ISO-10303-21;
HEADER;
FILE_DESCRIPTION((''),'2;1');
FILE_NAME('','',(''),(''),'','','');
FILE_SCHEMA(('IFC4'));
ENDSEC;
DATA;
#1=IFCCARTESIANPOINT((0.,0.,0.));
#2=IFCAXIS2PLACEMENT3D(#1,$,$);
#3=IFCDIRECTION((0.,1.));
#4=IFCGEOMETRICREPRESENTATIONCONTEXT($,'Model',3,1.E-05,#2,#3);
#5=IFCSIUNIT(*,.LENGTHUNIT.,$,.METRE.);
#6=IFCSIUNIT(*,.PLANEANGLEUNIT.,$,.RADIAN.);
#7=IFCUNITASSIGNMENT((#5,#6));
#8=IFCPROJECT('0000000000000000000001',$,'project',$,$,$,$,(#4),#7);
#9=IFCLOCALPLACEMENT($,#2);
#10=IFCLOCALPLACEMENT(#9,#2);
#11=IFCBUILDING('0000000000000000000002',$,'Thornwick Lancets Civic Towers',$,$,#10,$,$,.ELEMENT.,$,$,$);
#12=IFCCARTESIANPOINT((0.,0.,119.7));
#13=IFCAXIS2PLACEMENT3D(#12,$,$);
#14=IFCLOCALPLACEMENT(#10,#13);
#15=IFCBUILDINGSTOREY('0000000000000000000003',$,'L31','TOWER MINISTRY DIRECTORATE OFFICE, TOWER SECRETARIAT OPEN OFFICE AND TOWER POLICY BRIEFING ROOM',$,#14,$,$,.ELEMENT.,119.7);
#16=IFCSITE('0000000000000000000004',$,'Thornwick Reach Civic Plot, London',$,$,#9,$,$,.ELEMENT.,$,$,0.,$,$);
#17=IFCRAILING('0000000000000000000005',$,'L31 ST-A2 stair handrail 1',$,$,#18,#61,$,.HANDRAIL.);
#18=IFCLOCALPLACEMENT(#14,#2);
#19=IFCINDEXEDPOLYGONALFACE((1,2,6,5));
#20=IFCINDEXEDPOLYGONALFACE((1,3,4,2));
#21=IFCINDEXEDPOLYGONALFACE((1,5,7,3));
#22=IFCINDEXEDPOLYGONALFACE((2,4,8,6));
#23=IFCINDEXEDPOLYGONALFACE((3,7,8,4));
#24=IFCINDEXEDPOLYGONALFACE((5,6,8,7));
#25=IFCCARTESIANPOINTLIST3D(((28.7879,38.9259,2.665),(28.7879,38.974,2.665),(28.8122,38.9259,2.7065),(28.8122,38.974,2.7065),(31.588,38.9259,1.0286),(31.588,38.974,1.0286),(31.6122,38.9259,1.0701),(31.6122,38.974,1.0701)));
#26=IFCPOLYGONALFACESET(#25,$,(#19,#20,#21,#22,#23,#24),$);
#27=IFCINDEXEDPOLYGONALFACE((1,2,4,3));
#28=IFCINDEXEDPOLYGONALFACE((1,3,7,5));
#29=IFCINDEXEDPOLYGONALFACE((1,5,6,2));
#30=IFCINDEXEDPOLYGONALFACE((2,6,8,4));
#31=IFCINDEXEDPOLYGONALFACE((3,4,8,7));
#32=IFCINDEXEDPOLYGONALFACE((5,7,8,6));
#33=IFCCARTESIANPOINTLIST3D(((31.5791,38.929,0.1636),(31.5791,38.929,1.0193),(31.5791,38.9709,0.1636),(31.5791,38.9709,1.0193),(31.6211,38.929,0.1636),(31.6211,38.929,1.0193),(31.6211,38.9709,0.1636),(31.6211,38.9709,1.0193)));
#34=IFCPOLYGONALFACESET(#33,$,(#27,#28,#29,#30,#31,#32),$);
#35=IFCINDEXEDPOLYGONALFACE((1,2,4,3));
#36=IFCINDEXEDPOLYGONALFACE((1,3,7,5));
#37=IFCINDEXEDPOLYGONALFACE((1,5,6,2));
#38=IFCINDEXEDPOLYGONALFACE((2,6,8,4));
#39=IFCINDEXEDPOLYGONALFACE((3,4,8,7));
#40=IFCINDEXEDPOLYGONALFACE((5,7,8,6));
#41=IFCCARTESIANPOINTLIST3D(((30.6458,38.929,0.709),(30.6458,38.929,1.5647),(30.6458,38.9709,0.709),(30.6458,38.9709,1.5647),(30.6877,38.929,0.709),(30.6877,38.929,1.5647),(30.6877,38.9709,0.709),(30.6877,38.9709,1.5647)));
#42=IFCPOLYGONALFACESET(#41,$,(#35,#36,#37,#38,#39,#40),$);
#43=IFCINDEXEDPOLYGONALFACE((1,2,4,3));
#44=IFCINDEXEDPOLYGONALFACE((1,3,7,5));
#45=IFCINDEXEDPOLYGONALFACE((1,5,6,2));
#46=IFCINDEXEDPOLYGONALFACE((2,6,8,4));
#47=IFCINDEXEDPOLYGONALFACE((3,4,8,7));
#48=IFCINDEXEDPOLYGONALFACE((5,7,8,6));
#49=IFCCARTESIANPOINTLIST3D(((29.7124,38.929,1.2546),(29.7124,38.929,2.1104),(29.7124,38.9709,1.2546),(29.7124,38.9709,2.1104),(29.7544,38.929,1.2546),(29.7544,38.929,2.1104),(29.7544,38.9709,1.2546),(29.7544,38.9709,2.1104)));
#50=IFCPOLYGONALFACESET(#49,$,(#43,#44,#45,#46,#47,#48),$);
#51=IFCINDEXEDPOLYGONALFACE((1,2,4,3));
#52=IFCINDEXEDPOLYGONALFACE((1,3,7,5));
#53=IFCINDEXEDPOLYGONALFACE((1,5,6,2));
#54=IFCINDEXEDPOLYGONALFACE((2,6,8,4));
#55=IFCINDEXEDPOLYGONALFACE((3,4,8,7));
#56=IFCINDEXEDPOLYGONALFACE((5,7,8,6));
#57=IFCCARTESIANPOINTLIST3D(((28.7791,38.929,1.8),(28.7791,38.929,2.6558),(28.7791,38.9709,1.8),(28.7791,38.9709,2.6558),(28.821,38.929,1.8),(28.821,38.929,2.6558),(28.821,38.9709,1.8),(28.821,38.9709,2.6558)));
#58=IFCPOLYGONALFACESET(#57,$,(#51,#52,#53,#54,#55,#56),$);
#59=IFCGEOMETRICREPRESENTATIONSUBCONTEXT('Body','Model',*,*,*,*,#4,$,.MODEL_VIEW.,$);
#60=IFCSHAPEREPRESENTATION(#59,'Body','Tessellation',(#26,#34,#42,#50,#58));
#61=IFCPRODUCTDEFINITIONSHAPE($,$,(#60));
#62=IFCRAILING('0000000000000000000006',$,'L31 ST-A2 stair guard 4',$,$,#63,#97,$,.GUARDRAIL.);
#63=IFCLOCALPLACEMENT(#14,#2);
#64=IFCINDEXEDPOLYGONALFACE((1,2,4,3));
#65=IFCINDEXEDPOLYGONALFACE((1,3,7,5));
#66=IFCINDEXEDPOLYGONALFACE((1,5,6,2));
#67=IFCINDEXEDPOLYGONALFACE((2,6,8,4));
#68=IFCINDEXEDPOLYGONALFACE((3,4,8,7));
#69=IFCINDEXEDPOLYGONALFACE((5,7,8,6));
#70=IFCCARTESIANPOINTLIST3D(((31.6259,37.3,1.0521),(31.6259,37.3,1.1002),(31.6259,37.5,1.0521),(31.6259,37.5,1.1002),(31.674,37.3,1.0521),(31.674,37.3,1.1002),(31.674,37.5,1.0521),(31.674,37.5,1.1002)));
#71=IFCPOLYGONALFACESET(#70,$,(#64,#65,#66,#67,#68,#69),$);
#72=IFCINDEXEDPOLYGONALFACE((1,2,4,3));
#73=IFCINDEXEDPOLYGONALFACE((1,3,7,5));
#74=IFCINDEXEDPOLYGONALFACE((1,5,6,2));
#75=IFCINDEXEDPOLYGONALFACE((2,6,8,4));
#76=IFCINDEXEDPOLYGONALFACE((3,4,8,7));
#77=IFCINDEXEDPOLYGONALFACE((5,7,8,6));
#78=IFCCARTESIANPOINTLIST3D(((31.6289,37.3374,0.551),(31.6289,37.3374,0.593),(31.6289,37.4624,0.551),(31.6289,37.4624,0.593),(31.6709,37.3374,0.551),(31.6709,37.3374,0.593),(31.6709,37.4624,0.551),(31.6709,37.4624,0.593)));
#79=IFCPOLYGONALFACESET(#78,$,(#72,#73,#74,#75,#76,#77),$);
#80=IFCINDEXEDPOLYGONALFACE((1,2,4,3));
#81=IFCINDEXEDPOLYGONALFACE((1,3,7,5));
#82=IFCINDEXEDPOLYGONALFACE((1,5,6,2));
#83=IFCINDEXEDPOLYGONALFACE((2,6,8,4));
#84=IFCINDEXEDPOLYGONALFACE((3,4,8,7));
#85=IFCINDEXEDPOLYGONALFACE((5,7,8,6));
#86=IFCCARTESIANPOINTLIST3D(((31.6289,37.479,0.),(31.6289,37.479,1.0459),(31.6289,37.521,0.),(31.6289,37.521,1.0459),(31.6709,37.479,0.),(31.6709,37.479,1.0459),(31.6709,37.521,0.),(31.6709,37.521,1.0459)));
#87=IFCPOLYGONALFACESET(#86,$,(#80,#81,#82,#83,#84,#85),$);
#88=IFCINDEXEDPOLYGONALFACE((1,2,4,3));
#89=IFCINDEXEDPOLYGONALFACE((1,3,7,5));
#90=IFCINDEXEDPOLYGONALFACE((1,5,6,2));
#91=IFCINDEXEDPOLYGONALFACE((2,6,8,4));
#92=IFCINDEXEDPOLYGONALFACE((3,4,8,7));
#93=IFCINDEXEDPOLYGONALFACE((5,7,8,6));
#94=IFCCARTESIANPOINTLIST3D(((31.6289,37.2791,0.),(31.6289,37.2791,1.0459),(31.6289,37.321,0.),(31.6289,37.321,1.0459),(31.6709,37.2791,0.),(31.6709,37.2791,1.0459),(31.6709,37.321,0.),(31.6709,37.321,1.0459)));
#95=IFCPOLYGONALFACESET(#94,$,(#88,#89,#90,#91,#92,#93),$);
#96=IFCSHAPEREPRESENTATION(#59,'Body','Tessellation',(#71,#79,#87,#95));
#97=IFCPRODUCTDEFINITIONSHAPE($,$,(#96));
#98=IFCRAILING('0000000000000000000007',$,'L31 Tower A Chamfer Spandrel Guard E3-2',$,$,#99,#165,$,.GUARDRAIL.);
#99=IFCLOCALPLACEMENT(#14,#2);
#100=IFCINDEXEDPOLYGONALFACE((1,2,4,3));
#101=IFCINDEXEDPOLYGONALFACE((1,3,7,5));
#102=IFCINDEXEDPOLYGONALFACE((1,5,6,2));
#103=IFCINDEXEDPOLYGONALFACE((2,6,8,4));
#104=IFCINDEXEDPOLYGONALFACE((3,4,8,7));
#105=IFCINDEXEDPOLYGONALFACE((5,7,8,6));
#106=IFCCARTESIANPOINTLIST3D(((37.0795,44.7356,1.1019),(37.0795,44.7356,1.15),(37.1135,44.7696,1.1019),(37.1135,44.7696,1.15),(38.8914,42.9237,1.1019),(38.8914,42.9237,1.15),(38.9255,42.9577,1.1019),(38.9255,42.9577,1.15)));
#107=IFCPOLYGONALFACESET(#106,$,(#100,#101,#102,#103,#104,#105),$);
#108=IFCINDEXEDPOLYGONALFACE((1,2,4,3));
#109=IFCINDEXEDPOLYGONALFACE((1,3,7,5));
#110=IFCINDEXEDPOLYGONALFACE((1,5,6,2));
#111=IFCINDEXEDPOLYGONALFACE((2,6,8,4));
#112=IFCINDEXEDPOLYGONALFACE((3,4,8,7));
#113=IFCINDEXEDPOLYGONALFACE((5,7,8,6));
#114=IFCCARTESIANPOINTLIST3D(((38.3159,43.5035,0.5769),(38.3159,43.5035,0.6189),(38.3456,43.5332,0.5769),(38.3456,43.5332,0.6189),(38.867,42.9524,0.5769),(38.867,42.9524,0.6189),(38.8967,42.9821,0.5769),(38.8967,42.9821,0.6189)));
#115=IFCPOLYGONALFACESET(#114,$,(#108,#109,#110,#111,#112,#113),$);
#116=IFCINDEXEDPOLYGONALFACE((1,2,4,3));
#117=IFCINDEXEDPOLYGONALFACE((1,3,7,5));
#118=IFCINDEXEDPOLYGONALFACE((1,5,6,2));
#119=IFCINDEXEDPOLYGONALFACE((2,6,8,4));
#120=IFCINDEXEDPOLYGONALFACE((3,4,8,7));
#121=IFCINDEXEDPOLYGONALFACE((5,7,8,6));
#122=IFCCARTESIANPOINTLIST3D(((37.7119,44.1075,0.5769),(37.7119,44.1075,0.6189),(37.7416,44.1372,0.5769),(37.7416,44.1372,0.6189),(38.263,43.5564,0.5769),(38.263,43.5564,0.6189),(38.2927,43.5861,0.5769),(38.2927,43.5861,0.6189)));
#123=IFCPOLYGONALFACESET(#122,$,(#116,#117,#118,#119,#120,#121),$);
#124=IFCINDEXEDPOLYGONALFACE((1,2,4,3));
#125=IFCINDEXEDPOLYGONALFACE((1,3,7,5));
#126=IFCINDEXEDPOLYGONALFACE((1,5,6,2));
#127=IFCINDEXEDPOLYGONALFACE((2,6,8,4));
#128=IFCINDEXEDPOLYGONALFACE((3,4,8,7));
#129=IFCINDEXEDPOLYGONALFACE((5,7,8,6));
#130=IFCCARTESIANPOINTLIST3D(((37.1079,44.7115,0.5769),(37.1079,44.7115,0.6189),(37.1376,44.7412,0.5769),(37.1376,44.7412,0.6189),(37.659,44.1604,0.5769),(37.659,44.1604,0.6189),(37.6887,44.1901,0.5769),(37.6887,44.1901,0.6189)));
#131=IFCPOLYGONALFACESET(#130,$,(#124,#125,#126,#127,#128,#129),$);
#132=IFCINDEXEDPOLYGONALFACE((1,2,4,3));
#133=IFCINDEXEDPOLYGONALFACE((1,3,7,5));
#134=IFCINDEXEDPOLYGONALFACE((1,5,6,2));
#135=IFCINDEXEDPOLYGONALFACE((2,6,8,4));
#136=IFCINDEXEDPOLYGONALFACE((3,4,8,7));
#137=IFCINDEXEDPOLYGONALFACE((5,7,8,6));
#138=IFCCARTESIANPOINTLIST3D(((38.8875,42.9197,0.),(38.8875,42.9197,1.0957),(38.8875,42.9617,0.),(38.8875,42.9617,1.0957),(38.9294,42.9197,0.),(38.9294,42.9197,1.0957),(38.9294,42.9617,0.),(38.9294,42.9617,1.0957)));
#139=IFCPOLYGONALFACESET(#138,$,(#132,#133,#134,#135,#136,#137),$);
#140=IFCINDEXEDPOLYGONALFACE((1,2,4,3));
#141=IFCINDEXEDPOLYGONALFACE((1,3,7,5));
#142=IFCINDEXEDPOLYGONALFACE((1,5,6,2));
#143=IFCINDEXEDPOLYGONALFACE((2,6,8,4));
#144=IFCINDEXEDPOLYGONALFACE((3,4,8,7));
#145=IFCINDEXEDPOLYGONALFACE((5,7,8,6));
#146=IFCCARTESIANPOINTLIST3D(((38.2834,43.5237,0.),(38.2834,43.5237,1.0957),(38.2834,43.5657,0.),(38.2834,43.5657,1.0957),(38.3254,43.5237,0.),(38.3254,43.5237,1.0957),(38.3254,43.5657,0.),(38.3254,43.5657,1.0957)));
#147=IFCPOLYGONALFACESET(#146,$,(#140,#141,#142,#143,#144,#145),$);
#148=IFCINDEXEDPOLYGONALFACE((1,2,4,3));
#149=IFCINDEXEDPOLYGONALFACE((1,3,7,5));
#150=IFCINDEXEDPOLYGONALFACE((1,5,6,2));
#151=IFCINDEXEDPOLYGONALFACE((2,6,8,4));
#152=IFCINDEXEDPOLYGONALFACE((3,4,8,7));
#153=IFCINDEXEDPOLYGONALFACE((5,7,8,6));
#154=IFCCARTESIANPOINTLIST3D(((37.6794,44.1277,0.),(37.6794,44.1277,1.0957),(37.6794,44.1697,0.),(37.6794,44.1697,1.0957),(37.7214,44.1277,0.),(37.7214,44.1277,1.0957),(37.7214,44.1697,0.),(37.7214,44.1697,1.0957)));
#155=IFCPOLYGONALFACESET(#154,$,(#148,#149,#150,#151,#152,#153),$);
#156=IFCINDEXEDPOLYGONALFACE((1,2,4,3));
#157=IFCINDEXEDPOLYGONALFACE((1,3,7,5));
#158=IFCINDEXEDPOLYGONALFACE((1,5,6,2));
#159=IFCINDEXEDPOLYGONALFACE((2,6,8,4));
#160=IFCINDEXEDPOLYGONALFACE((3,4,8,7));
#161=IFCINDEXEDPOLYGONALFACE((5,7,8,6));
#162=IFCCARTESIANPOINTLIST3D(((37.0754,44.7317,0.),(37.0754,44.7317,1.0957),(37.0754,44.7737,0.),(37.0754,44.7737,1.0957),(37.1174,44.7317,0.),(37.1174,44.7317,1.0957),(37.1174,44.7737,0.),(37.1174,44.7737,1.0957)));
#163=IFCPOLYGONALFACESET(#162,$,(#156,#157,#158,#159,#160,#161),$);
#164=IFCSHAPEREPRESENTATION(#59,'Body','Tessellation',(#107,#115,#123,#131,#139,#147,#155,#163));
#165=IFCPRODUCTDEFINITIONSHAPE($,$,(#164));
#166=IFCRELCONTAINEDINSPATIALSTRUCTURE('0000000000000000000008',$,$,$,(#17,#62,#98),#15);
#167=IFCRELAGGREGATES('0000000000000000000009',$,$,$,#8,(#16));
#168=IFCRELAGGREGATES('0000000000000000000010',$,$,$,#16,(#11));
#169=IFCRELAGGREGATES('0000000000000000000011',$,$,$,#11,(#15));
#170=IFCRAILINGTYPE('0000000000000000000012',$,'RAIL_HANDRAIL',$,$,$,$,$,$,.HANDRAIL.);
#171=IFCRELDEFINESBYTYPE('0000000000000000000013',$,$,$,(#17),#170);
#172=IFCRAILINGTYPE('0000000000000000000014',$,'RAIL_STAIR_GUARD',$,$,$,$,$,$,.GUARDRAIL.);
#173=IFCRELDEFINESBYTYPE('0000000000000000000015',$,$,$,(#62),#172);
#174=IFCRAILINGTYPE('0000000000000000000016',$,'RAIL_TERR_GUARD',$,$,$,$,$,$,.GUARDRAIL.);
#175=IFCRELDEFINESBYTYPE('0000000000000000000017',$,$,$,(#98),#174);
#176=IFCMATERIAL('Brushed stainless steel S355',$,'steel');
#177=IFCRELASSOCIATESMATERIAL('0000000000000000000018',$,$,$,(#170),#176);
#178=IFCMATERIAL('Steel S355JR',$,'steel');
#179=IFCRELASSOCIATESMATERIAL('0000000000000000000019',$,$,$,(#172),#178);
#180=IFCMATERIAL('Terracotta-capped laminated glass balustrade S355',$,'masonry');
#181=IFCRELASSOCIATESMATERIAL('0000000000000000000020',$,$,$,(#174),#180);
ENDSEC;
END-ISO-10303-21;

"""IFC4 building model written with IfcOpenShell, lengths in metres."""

from ifc_helpers import new_model, si_unit, direction, frame, origin, origin_2d, place, context, subcontext, project, spatial, rectangle, extrude, material, type_object, element, save


model = new_model("IFC4")

# Units and contexts
model_context = context("Model", 3, precision=1e-05, world=origin(), true_north=direction((0.0, 1.0)))
body_context = subcontext(model_context, "Body", "Model", "MODEL_VIEW")
ifc_project = project(units=[si_unit("LENGTHUNIT", "METRE"), si_unit("PLANEANGLEUNIT", "RADIAN")], contexts=[model_context])

# Site, building, storey
site_placement = place(None, origin())
site = spatial("IfcSite", under=ifc_project, at=site_placement, Name="Thornwick Reach Civic Plot, London", CompositionType="ELEMENT", RefElevation=0.0)
building_placement = place(site_placement, origin())
building = spatial("IfcBuilding", under=site, at=building_placement, Name="Thornwick Lancets Civic Towers", CompositionType="ELEMENT")
storey_placement = place(building_placement, frame((0.0, 0.0, 119.7)))
storey = spatial("IfcBuildingStorey", under=building, at=storey_placement, Name="L31", Description="TOWER MINISTRY DIRECTORATE OFFICE, TOWER SECRETARIAT OPEN OFFICE AND TOWER POLICY BRIEFING ROOM", CompositionType="ELEMENT", Elevation=119.7)

# Railings
ifc_material_1 = material(Name="Brushed stainless steel S355", Category="steel")
railing_type_1 = type_object("IfcRailingType", Name="RAIL_HANDRAIL", PredefinedType="HANDRAIL", material=ifc_material_1)
railing_1_placement = place(storey_placement, frame((31.6001, 38.95, 0.1636)))
element("IfcRailing", 1, at=railing_1_placement, inside=storey, type_object=railing_type_1, Name="L31 ST-A2 stair handrail 1", PredefinedType="HANDRAIL", context=body_context, shape_type="SweptSolid", body=[
    extrude(rectangle(XDim=0.0481, YDim=0.0481, at=origin_2d()), frame((0.0, 0.0, 0.8857), z_axis=(-0.863361, 0.0, 0.504587), x_axis=(0.0, -1.0, 0.0)), (0.0, 0.0, 1.0), 3.2432),
    extrude(rectangle(XDim=0.042, YDim=0.042, at=origin_2d()), origin(), (0.0, 0.0, 1.0), 0.8557),
    extrude(rectangle(XDim=0.042, YDim=0.042, at=origin_2d()), frame((-0.9333, 0.0, 0.5454)), (0.0, 0.0, 1.0), 0.8557),
    extrude(rectangle(XDim=0.042, YDim=0.042, at=origin_2d()), frame((-1.8667, 0.0, 1.0911)), (0.0, 0.0, 1.0), 0.8557),
    extrude(rectangle(XDim=0.042, YDim=0.042, at=origin_2d()), frame((-2.8, 0.0, 1.6365)), (0.0, 0.0, 1.0), 0.8557),
])
ifc_material_2 = material(Name="Steel S355JR", Category="steel")
railing_type_2 = type_object("IfcRailingType", Name="RAIL_STAIR_GUARD", PredefinedType="GUARDRAIL", material=ifc_material_2)
railing_2_placement = place(storey_placement, frame((31.6499, 37.5, 0.0)))
element("IfcRailing", 2, at=railing_2_placement, inside=storey, type_object=railing_type_2, Name="L31 ST-A2 stair guard 4", PredefinedType="GUARDRAIL", context=body_context, shape_type="SweptSolid", body=[
    extrude(rectangle(XDim=0.0481, YDim=0.0481, at=origin_2d()), frame((0.0, 0.0, 1.0762), z_axis=(0.0, -1.0, 0.0), x_axis=(1.0, 0.0, 0.0)), (0.0, 0.0, 1.0), 0.2),
    extrude(rectangle(XDim=0.042, YDim=0.042, at=origin_2d()), frame((0.0, -0.0376, 0.572), z_axis=(0.0, -1.0, 0.0), x_axis=(1.0, 0.0, 0.0)), (0.0, 0.0, 1.0), 0.125),
    extrude(rectangle(XDim=0.042, YDim=0.042, at=origin_2d()), origin(), (0.0, 0.0, 1.0), 1.0459),
    extrude(rectangle(XDim=0.042, YDim=0.042, at=origin_2d()), frame((0.0, -0.2, 0.0)), (0.0, 0.0, 1.0), 1.0459),
])
ifc_material_3 = material(Name="Terracotta-capped laminated glass balustrade S355", Category="masonry")
railing_type_3 = type_object("IfcRailingType", Name="RAIL_TERR_GUARD", PredefinedType="GUARDRAIL", material=ifc_material_3)
railing_3_placement = place(storey_placement, frame((38.9084, 42.9407, 0.0)))
element("IfcRailing", 3, at=railing_3_placement, inside=storey, type_object=railing_type_3, Name="L31 Tower A Chamfer Spandrel Guard E3-2", PredefinedType="GUARDRAIL", context=body_context, shape_type="SweptSolid", body=[
    extrude(rectangle(XDim=0.0481, YDim=0.0481, at=origin_2d()), frame((0.0, 0.0, 1.126), z_axis=(-0.707107, 0.707107, 0.0), x_axis=(-0.707107, -0.707107, 0.0)), (0.0, 0.0, 1.0), 2.5625),
    extrude(rectangle(XDim=0.042, YDim=0.042, at=origin_2d()), frame((-0.0266, 0.0266, 0.5979), z_axis=(-0.707107, 0.707107, 0.0), x_axis=(-0.707107, -0.707107, 0.0)), (0.0, 0.0, 1.0), 0.7793),
    extrude(rectangle(XDim=0.042, YDim=0.042, at=origin_2d()), frame((-0.6306, 0.6306, 0.5979), z_axis=(-0.707107, 0.707107, 0.0), x_axis=(-0.707107, -0.707107, 0.0)), (0.0, 0.0, 1.0), 0.7793),
    extrude(rectangle(XDim=0.042, YDim=0.042, at=origin_2d()), frame((-1.2346, 1.2346, 0.5979), z_axis=(-0.707107, 0.707107, 0.0), x_axis=(-0.707107, -0.707107, 0.0)), (0.0, 0.0, 1.0), 0.7793),
    extrude(rectangle(XDim=0.042, YDim=0.042, at=origin_2d()), origin(), (0.0, 0.0, 1.0), 1.0957),
    extrude(rectangle(XDim=0.042, YDim=0.042, at=origin_2d()), frame((-0.604, 0.604, 0.0)), (0.0, 0.0, 1.0), 1.0957),
    extrude(rectangle(XDim=0.042, YDim=0.042, at=origin_2d()), frame((-1.208, 1.208, 0.0)), (0.0, 0.0, 1.0), 1.0957),
    extrude(rectangle(XDim=0.042, YDim=0.042, at=origin_2d()), frame((-1.812, 1.812, 0.0)), (0.0, 0.0, 1.0), 1.0957),
])

save(model, "model.ifc")
